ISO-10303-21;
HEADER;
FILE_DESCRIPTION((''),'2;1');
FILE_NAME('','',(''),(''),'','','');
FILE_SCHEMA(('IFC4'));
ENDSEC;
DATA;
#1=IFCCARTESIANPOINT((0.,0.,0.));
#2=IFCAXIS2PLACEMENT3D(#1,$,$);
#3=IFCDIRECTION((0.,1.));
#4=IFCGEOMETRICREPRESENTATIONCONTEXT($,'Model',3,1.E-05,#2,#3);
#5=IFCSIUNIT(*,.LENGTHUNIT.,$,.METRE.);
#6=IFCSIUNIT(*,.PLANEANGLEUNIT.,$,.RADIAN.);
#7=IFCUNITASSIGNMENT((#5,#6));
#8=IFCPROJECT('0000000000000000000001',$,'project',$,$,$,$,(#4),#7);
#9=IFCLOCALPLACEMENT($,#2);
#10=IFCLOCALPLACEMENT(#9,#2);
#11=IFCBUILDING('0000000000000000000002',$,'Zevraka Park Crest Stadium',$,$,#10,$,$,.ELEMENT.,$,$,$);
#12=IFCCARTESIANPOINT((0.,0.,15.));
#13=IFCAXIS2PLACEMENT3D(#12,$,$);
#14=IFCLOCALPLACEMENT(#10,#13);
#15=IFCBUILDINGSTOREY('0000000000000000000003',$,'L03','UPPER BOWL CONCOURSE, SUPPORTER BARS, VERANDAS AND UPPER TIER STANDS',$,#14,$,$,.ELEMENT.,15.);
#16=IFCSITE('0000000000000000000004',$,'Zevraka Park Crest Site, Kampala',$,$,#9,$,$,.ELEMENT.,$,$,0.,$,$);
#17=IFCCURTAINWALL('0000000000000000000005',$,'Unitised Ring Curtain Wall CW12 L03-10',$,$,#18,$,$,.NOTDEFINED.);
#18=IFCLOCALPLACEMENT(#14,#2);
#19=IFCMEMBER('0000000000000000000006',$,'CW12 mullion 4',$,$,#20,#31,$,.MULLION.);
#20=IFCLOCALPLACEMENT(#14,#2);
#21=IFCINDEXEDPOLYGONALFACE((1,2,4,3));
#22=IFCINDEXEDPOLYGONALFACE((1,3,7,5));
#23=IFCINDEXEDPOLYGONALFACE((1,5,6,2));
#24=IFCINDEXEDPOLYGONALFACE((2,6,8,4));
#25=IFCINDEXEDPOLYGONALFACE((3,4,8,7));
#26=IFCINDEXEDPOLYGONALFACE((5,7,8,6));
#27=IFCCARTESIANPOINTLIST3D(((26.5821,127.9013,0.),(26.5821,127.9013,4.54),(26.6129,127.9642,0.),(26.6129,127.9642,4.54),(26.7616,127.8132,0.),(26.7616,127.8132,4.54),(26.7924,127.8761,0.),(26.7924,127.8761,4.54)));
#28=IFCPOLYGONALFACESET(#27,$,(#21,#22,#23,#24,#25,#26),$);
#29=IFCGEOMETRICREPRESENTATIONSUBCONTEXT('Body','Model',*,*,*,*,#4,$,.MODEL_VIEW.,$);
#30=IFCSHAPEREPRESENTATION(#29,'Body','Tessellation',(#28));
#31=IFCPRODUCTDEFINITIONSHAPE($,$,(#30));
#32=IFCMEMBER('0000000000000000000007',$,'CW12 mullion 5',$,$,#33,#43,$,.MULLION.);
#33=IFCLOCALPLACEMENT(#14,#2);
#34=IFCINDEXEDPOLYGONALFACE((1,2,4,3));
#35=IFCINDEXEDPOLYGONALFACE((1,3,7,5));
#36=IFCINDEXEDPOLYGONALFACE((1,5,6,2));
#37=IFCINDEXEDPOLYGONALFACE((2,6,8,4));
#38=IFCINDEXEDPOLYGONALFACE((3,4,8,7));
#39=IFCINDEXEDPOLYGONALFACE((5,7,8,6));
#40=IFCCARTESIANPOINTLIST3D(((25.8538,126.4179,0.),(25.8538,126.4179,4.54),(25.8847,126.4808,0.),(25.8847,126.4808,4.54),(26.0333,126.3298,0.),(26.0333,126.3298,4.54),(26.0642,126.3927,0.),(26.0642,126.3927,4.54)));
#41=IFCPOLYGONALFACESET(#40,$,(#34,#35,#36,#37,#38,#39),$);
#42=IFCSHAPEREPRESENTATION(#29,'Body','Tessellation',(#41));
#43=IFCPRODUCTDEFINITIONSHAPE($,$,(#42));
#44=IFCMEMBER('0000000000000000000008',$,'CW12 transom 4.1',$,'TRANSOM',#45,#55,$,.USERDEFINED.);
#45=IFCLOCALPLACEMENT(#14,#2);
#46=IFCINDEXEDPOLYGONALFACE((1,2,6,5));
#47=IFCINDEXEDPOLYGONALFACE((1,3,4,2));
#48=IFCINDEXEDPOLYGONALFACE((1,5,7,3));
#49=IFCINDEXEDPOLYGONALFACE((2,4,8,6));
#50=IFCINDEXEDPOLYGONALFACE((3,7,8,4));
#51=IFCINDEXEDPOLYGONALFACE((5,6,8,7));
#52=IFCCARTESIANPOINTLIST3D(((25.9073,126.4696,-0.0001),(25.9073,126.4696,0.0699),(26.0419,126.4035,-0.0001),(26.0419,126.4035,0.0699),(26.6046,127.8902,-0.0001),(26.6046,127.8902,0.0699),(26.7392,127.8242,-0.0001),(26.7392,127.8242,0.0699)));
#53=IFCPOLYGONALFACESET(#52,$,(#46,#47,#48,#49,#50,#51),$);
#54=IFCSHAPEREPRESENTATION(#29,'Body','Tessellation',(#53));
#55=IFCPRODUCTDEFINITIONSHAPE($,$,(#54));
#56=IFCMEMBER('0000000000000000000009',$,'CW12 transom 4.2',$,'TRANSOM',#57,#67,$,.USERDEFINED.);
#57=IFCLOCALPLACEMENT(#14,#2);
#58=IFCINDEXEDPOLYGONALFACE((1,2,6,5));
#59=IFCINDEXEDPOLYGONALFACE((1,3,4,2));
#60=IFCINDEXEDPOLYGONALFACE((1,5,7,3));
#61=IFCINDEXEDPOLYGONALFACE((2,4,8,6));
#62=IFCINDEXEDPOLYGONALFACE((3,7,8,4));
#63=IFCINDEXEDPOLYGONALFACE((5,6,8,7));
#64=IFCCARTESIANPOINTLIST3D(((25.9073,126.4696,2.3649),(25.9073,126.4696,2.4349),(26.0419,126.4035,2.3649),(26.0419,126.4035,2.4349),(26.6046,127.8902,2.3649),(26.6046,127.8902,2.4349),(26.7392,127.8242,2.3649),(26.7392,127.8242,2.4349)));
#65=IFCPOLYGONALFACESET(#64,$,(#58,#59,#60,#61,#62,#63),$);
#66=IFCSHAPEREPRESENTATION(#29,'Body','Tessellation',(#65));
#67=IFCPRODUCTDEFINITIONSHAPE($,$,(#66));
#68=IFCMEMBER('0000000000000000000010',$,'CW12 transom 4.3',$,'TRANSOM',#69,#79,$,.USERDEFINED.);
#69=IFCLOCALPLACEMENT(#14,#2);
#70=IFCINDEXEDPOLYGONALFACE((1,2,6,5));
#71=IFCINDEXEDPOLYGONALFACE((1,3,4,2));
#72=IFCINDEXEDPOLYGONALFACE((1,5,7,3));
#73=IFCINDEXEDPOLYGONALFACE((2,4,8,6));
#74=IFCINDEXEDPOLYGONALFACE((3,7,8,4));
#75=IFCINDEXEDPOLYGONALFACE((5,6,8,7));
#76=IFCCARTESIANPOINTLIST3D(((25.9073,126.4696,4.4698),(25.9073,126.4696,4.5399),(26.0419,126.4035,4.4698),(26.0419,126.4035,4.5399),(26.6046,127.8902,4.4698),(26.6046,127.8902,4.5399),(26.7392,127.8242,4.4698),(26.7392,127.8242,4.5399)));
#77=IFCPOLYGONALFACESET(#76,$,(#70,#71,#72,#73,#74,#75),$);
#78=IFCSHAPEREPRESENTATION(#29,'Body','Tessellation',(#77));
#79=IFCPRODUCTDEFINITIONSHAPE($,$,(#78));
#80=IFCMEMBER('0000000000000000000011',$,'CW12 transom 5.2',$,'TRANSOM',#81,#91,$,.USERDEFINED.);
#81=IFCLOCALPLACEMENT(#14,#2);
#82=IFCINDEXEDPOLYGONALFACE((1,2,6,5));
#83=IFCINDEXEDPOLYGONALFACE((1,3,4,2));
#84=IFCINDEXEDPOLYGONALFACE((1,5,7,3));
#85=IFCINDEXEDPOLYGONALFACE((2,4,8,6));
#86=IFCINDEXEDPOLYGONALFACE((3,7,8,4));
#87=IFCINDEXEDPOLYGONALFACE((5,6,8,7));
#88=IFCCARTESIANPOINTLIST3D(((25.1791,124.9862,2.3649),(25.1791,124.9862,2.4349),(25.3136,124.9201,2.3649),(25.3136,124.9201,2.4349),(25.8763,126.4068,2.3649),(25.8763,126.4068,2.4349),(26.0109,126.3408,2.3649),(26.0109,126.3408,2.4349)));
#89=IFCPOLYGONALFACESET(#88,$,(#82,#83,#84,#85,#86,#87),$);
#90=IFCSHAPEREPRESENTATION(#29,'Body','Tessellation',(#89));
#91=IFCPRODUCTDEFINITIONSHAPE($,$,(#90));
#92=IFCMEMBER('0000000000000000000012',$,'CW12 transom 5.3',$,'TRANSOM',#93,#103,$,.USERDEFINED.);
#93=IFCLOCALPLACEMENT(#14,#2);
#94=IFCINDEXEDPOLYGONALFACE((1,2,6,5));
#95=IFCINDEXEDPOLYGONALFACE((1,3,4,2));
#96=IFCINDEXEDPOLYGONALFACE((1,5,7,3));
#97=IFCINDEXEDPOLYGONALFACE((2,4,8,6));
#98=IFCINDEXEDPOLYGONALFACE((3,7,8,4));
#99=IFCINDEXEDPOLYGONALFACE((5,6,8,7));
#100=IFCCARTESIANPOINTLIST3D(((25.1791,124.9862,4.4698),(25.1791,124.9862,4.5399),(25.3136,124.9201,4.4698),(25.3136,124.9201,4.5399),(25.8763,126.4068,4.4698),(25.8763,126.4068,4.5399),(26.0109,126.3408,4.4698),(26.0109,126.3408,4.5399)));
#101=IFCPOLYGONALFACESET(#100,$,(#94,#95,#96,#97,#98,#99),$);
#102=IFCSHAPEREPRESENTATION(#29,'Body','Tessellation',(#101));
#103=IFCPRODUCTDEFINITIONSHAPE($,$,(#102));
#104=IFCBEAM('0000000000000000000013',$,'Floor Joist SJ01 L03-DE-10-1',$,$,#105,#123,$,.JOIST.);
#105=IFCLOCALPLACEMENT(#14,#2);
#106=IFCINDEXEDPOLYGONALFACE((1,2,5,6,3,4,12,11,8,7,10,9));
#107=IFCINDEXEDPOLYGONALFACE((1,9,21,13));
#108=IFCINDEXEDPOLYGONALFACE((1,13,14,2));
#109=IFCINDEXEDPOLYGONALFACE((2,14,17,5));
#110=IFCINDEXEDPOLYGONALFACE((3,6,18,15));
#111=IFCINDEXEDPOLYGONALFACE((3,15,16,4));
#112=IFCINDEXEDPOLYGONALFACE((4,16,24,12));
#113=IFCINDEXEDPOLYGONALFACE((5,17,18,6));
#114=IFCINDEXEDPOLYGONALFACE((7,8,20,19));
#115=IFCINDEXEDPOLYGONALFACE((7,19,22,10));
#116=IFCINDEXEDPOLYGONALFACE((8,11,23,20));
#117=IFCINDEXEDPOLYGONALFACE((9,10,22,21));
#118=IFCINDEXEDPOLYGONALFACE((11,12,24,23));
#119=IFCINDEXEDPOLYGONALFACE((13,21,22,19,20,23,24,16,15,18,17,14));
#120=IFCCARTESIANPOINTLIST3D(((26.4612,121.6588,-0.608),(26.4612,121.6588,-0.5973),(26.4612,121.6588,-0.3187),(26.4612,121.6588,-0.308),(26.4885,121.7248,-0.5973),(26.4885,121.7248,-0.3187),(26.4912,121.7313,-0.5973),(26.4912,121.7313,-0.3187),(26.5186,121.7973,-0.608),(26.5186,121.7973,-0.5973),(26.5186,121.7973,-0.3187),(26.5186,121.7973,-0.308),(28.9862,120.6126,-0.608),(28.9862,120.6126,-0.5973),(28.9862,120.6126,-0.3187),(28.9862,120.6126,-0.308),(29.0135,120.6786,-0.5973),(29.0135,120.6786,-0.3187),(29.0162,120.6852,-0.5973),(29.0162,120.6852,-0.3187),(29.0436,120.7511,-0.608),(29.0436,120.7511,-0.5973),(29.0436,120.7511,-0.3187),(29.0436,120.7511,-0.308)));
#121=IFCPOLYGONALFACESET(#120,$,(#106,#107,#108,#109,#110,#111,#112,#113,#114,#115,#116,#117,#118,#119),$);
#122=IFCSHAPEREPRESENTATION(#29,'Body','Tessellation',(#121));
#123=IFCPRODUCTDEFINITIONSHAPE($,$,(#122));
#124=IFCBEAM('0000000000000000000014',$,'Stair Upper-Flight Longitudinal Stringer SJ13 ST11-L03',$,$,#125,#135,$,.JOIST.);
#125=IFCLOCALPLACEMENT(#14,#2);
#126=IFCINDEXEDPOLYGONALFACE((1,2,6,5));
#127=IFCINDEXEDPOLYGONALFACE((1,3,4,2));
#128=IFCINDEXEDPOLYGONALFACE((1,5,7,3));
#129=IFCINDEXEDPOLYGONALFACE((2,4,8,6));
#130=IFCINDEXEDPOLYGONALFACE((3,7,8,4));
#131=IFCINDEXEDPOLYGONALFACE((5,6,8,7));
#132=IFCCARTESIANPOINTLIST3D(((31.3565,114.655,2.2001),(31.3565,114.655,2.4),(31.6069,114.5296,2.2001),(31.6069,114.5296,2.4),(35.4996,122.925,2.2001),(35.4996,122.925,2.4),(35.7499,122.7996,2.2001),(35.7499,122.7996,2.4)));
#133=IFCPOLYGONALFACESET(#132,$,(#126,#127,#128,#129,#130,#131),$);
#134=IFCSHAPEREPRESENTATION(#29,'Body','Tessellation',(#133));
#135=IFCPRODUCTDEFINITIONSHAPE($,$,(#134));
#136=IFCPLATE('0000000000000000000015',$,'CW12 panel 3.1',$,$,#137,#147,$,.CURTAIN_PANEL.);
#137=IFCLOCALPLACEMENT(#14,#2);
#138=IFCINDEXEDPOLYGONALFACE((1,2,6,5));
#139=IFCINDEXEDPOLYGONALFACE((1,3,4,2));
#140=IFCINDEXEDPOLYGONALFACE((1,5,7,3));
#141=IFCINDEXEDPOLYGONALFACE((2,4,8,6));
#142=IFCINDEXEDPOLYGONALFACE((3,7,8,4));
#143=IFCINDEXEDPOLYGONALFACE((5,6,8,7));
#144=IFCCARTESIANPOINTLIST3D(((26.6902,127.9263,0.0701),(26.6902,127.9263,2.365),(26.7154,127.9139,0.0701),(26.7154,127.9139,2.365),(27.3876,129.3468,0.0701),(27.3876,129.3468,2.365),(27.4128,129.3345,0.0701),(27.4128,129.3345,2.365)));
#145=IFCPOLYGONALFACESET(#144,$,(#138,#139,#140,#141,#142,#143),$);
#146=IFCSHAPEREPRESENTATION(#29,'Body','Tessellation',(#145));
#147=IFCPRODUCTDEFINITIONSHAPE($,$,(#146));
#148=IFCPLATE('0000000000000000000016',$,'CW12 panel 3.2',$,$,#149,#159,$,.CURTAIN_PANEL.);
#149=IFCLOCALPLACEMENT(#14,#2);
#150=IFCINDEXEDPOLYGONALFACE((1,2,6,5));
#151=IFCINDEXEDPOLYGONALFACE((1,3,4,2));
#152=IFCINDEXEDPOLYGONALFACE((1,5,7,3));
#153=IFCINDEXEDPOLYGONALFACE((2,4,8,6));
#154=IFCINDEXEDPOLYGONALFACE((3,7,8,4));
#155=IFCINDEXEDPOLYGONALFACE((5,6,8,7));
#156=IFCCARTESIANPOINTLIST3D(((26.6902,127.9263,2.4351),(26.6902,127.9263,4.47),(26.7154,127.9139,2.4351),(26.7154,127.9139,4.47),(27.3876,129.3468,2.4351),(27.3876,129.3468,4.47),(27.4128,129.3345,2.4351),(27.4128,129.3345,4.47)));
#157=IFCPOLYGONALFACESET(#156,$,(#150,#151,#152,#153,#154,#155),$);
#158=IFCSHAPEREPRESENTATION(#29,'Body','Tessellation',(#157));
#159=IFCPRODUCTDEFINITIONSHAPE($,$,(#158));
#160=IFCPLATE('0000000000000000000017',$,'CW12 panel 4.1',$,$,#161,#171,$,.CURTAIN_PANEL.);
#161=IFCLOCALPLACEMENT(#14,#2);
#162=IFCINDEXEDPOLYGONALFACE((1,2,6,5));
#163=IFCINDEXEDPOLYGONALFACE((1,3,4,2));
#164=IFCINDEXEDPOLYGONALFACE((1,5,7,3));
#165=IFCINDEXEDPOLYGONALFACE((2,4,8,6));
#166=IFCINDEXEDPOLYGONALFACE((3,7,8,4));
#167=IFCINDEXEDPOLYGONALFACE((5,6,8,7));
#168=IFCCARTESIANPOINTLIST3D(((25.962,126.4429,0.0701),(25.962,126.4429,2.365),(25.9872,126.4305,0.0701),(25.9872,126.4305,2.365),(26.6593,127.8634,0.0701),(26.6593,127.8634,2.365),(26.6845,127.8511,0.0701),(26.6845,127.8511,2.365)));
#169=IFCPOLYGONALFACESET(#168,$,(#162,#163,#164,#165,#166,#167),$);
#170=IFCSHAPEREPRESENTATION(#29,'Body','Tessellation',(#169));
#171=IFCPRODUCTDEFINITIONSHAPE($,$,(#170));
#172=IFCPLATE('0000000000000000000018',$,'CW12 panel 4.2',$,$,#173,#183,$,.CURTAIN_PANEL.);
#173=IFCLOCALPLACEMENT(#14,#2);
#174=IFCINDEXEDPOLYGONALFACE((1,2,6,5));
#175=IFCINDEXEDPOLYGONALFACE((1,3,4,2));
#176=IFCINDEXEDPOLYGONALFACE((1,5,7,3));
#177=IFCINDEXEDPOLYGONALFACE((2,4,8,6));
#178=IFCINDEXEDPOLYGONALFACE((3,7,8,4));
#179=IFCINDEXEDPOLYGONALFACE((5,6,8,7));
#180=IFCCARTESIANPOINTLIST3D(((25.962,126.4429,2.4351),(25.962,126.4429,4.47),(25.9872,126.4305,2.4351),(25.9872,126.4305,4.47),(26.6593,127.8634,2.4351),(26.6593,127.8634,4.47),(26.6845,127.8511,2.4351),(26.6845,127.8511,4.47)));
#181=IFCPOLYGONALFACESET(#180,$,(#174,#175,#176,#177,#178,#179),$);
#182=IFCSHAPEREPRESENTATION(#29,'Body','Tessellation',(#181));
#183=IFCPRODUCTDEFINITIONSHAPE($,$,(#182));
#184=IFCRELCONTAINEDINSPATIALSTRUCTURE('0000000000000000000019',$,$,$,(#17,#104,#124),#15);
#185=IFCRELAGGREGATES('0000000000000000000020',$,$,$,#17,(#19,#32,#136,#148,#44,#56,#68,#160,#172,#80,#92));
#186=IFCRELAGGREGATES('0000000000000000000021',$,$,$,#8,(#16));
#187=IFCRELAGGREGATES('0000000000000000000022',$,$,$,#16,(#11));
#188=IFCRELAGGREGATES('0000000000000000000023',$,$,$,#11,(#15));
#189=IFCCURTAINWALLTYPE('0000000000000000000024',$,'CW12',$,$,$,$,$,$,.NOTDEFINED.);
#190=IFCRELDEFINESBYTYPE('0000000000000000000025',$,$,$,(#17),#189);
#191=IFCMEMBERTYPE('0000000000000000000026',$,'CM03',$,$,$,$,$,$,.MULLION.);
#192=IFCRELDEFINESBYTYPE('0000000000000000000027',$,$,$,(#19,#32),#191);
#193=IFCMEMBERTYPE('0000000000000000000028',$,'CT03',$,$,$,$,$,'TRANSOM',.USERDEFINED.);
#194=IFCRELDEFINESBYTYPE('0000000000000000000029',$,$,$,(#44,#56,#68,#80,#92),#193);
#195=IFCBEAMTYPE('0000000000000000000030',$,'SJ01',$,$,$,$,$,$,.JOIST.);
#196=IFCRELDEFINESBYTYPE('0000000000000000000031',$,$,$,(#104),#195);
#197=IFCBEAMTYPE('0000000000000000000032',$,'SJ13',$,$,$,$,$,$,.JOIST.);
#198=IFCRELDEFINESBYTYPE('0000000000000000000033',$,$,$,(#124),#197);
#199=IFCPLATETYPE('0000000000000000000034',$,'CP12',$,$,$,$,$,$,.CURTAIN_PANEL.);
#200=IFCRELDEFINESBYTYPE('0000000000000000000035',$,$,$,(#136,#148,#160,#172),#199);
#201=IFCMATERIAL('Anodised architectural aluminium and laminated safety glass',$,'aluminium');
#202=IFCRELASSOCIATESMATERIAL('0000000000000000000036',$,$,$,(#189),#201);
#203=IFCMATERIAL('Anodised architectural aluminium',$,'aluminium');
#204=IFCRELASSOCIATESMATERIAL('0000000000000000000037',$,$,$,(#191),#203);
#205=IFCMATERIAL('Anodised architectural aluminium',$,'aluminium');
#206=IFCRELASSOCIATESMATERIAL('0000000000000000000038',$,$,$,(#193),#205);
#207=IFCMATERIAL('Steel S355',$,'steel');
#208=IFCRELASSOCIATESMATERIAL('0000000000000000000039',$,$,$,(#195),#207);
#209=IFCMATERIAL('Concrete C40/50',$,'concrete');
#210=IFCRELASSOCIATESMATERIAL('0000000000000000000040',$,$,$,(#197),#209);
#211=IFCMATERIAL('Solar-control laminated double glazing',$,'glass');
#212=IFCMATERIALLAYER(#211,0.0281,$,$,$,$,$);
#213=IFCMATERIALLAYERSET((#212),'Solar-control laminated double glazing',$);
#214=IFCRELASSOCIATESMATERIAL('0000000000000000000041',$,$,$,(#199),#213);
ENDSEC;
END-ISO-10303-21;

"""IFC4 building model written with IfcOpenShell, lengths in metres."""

from ifc_helpers import new_model, si_unit, direction, frame, origin, origin_2d, place, context, subcontext, project, spatial, rectangle, i_section, extrude, material, layer, layer_set, material_profile, profile_set, type_object, element, aggregate, save


model = new_model("IFC4")

# Units and contexts
model_context = context("Model", 3, precision=1e-05, world=origin(), true_north=direction((0.0, 1.0)))
body_context = subcontext(model_context, "Body", "Model", "MODEL_VIEW")
ifc_project = project(units=[si_unit("LENGTHUNIT", "METRE"), si_unit("PLANEANGLEUNIT", "RADIAN")], contexts=[model_context])

# Site, building, storey
site_placement = place(None, origin())
site = spatial("IfcSite", under=ifc_project, at=site_placement, Name="Zevraka Park Crest Site, Kampala", CompositionType="ELEMENT", RefElevation=0.0)
building_placement = place(site_placement, origin())
building = spatial("IfcBuilding", under=site, at=building_placement, Name="Zevraka Park Crest Stadium", CompositionType="ELEMENT")
storey_placement = place(building_placement, frame((0.0, 0.0, 15.0)))
storey = spatial("IfcBuildingStorey", under=building, at=storey_placement, Name="L03", Description="UPPER BOWL CONCOURSE, SUPPORTER BARS, VERANDAS AND UPPER TIER STANDS", CompositionType="ELEMENT", Elevation=15.0)

# Curtain wall, members
ifc_material_1 = material(Name="Anodised architectural aluminium and laminated safety glass", Category="aluminium")
curtain_wall_type = type_object("IfcCurtainWallType", Name="CW12", PredefinedType="NOTDEFINED", material=ifc_material_1)
curtain_wall_placement = place(storey_placement, origin())
curtain_wall = element("IfcCurtainWall", 1, at=curtain_wall_placement, inside=storey, type_object=curtain_wall_type, Name="Unitised Ring Curtain Wall CW12 L03-10", PredefinedType="NOTDEFINED")
ifc_material_2 = material(Name="Anodised architectural aluminium", Category="aluminium")
ifc_material_profile_1 = material_profile(ifc_material_2, rectangle(XDim=0.2, YDim=0.0701, at=origin_2d()), Name="ALU MULLION 200x70")
ifc_profile_set_1 = profile_set([ifc_material_profile_1], Name="Anodised architectural aluminium")
member_type_1 = type_object("IfcMemberType", Name="CM03", PredefinedType="MULLION", material=ifc_profile_set_1)
member_1_placement = place(storey_placement, frame((26.6873, 127.8887, 0.0), z_axis=(0.0, 0.0, 1.0), x_axis=(0.897671, -0.440666, 0.0)))
member_1 = element("IfcMember", 2, at=member_1_placement, type_object=member_type_1, Name="CW12 mullion 4", PredefinedType="MULLION", context=body_context, shape_type="SweptSolid", body=[
    extrude(rectangle(XDim=0.2, YDim=0.0701, at=origin_2d()), origin(), (0.0, 0.0, 1.0), 4.54),
])
member_2_placement = place(storey_placement, frame((25.959, 126.4053, 0.0), z_axis=(0.0, 0.0, 1.0), x_axis=(0.897671, -0.440666, 0.0)))
member_2 = element("IfcMember", 3, at=member_2_placement, type_object=member_type_1, Name="CW12 mullion 5", PredefinedType="MULLION", context=body_context, shape_type="SweptSolid", body=[
    extrude(rectangle(XDim=0.2, YDim=0.0701, at=origin_2d()), origin(), (0.0, 0.0, 1.0), 4.54),
])
ifc_material_3 = material(Name="Anodised architectural aluminium", Category="aluminium")
ifc_material_profile_2 = material_profile(ifc_material_3, rectangle(XDim=0.1499, YDim=0.0701, at=origin_2d()), Name="ALU TRANSOM 150x70")
ifc_profile_set_2 = profile_set([ifc_material_profile_2], Name="Anodised architectural aluminium")
member_type_2 = type_object("IfcMemberType", Name="CT03", ElementType="TRANSOM", PredefinedType="USERDEFINED", material=ifc_profile_set_2)
member_3_placement = place(storey_placement, frame((26.6719, 127.8572, 0.0349), z_axis=(-0.440599, -0.897704, 0.0), x_axis=(0.897704, -0.440599, 0.0)))
member_3 = element("IfcMember", 4, at=member_3_placement, type_object=member_type_2, Name="CW12 transom 4.1", ObjectType="TRANSOM", PredefinedType="USERDEFINED", context=body_context, shape_type="SweptSolid", body=[
    extrude(rectangle(XDim=0.1499, YDim=0.0701, at=origin_2d()), origin(), (0.0, 0.0, 1.0), 1.5825),
])
member_4_placement = place(storey_placement, frame((26.6719, 127.8572, 2.3999), z_axis=(-0.440599, -0.897704, 0.0), x_axis=(0.897704, -0.440599, 0.0)))
member_4 = element("IfcMember", 5, at=member_4_placement, type_object=member_type_2, Name="CW12 transom 4.2", ObjectType="TRANSOM", PredefinedType="USERDEFINED", context=body_context, shape_type="SweptSolid", body=[
    extrude(rectangle(XDim=0.1499, YDim=0.0701, at=origin_2d()), origin(), (0.0, 0.0, 1.0), 1.5825),
])
member_5_placement = place(storey_placement, frame((26.6719, 127.8572, 4.5049), z_axis=(-0.440599, -0.897704, 0.0), x_axis=(0.897704, -0.440599, 0.0)))
member_5 = element("IfcMember", 6, at=member_5_placement, type_object=member_type_2, Name="CW12 transom 4.3", ObjectType="TRANSOM", PredefinedType="USERDEFINED", context=body_context, shape_type="SweptSolid", body=[
    extrude(rectangle(XDim=0.1499, YDim=0.0701, at=origin_2d()), origin(), (0.0, 0.0, 1.0), 1.5825),
])
member_6_placement = place(storey_placement, frame((25.9436, 126.3738, 2.3999), z_axis=(-0.440599, -0.897704, 0.0), x_axis=(0.897704, -0.440599, 0.0)))
member_6 = element("IfcMember", 7, at=member_6_placement, type_object=member_type_2, Name="CW12 transom 5.2", ObjectType="TRANSOM", PredefinedType="USERDEFINED", context=body_context, shape_type="SweptSolid", body=[
    extrude(rectangle(XDim=0.1499, YDim=0.0701, at=origin_2d()), origin(), (0.0, 0.0, 1.0), 1.5825),
])
member_7_placement = place(storey_placement, frame((25.9436, 126.3738, 4.5049), z_axis=(-0.440599, -0.897704, 0.0), x_axis=(0.897704, -0.440599, 0.0)))
member_7 = element("IfcMember", 8, at=member_7_placement, type_object=member_type_2, Name="CW12 transom 5.3", ObjectType="TRANSOM", PredefinedType="USERDEFINED", context=body_context, shape_type="SweptSolid", body=[
    extrude(rectangle(XDim=0.1499, YDim=0.0701, at=origin_2d()), origin(), (0.0, 0.0, 1.0), 1.5825),
])

# Beams
ifc_material_4 = material(Name="Steel S355", Category="steel")
ifc_material_profile_3 = material_profile(ifc_material_4, i_section(OverallWidth=0.1499, OverallDepth=0.3, WebThickness=0.0071, FlangeThickness=0.0107, at=origin_2d()), Name="IPE 300")
ifc_profile_set_3 = profile_set([ifc_material_profile_3], Name="Steel S355")
beam_type_1 = type_object("IfcBeamType", Name="SJ01", PredefinedType="JOIST", material=ifc_profile_set_3)
beam_1_placement = place(storey_placement, frame((29.0149, 120.6819, -0.458), z_axis=(-0.923842, 0.382775, 0.0), x_axis=(-0.382775, -0.923842, 0.0)))
element("IfcBeam", 9, at=beam_1_placement, inside=storey, type_object=beam_type_1, Name="Floor Joist SJ01 L03-DE-10-1", PredefinedType="JOIST", context=body_context, shape_type="SweptSolid", body=[
    extrude(i_section(OverallWidth=0.1499, OverallDepth=0.3, WebThickness=0.0071, FlangeThickness=0.0107, at=origin_2d()), origin(), (0.0, 0.0, 1.0), 2.7332),
])
ifc_material_5 = material(Name="Concrete C40/50", Category="concrete")
ifc_material_profile_4 = material_profile(ifc_material_5, rectangle(XDim=0.28, YDim=0.2, at=origin_2d()), Name="RC 200x280")
ifc_profile_set_4 = profile_set([ifc_material_profile_4], Name="Concrete C40/50")
beam_type_2 = type_object("IfcBeamType", Name="SJ13", PredefinedType="JOIST", material=ifc_profile_set_4)
beam_2_placement = place(storey_placement, frame((35.6248, 122.8623, 2.3), z_axis=(-0.44791, -0.894079, 0.0), x_axis=(0.894079, -0.44791, 0.0)))
element("IfcBeam", 10, at=beam_2_placement, inside=storey, type_object=beam_type_2, Name="Stair Upper-Flight Longitudinal Stringer SJ13 ST11-L03", PredefinedType="JOIST", context=body_context, shape_type="SweptSolid", body=[
    extrude(rectangle(XDim=0.28, YDim=0.2, at=origin_2d()), origin(), (0.0, 0.0, 1.0), 9.2498),
])

# Plates
ifc_material_6 = material(Name="Solar-control laminated double glazing", Category="glass")
ifc_layer_1 = layer(ifc_material_6, 0.0281)
ifc_layer_set_1 = layer_set([ifc_layer_1], Name="Solar-control laminated double glazing")
plate_type = type_object("IfcPlateType", Name="CP12", PredefinedType="CURTAIN_PANEL", material=ifc_layer_set_1)
plate_1_placement = place(storey_placement, frame((27.0515, 128.6304, 0.0701), z_axis=(0.0, 0.0, 1.0), x_axis=(-0.440666, -0.897671, 0.0)))
plate_1 = element("IfcPlate", 11, at=plate_1_placement, type_object=plate_type, Name="CW12 panel 3.1", PredefinedType="CURTAIN_PANEL", context=body_context, shape_type="SweptSolid", body=[
    extrude(rectangle(XDim=1.5825, YDim=0.0281, at=origin_2d()), origin(), (0.0, 0.0, 1.0), 2.2949),
])
plate_2_placement = place(storey_placement, frame((27.0515, 128.6304, 2.4351), z_axis=(0.0, 0.0, 1.0), x_axis=(-0.440666, -0.897671, 0.0)))
plate_2 = element("IfcPlate", 12, at=plate_2_placement, type_object=plate_type, Name="CW12 panel 3.2", PredefinedType="CURTAIN_PANEL", context=body_context, shape_type="SweptSolid", body=[
    extrude(rectangle(XDim=1.5825, YDim=0.0281, at=origin_2d()), origin(), (0.0, 0.0, 1.0), 2.0349),
])
plate_3_placement = place(storey_placement, frame((26.3232, 127.147, 0.0701), z_axis=(0.0, 0.0, 1.0), x_axis=(-0.440666, -0.897671, 0.0)))
plate_3 = element("IfcPlate", 13, at=plate_3_placement, type_object=plate_type, Name="CW12 panel 4.1", PredefinedType="CURTAIN_PANEL", context=body_context, shape_type="SweptSolid", body=[
    extrude(rectangle(XDim=1.5825, YDim=0.0281, at=origin_2d()), origin(), (0.0, 0.0, 1.0), 2.2949),
])
plate_4_placement = place(storey_placement, frame((26.3232, 127.147, 2.4351), z_axis=(0.0, 0.0, 1.0), x_axis=(-0.440666, -0.897671, 0.0)))
plate_4 = element("IfcPlate", 14, at=plate_4_placement, type_object=plate_type, Name="CW12 panel 4.2", PredefinedType="CURTAIN_PANEL", context=body_context, shape_type="SweptSolid", body=[
    extrude(rectangle(XDim=1.5825, YDim=0.0281, at=origin_2d()), origin(), (0.0, 0.0, 1.0), 2.0349),
])
aggregate(curtain_wall, [member_1, member_2, plate_1, plate_2, member_3, member_4, member_5, plate_3, plate_4, member_6, member_7])

save(model, "model.ifc")
